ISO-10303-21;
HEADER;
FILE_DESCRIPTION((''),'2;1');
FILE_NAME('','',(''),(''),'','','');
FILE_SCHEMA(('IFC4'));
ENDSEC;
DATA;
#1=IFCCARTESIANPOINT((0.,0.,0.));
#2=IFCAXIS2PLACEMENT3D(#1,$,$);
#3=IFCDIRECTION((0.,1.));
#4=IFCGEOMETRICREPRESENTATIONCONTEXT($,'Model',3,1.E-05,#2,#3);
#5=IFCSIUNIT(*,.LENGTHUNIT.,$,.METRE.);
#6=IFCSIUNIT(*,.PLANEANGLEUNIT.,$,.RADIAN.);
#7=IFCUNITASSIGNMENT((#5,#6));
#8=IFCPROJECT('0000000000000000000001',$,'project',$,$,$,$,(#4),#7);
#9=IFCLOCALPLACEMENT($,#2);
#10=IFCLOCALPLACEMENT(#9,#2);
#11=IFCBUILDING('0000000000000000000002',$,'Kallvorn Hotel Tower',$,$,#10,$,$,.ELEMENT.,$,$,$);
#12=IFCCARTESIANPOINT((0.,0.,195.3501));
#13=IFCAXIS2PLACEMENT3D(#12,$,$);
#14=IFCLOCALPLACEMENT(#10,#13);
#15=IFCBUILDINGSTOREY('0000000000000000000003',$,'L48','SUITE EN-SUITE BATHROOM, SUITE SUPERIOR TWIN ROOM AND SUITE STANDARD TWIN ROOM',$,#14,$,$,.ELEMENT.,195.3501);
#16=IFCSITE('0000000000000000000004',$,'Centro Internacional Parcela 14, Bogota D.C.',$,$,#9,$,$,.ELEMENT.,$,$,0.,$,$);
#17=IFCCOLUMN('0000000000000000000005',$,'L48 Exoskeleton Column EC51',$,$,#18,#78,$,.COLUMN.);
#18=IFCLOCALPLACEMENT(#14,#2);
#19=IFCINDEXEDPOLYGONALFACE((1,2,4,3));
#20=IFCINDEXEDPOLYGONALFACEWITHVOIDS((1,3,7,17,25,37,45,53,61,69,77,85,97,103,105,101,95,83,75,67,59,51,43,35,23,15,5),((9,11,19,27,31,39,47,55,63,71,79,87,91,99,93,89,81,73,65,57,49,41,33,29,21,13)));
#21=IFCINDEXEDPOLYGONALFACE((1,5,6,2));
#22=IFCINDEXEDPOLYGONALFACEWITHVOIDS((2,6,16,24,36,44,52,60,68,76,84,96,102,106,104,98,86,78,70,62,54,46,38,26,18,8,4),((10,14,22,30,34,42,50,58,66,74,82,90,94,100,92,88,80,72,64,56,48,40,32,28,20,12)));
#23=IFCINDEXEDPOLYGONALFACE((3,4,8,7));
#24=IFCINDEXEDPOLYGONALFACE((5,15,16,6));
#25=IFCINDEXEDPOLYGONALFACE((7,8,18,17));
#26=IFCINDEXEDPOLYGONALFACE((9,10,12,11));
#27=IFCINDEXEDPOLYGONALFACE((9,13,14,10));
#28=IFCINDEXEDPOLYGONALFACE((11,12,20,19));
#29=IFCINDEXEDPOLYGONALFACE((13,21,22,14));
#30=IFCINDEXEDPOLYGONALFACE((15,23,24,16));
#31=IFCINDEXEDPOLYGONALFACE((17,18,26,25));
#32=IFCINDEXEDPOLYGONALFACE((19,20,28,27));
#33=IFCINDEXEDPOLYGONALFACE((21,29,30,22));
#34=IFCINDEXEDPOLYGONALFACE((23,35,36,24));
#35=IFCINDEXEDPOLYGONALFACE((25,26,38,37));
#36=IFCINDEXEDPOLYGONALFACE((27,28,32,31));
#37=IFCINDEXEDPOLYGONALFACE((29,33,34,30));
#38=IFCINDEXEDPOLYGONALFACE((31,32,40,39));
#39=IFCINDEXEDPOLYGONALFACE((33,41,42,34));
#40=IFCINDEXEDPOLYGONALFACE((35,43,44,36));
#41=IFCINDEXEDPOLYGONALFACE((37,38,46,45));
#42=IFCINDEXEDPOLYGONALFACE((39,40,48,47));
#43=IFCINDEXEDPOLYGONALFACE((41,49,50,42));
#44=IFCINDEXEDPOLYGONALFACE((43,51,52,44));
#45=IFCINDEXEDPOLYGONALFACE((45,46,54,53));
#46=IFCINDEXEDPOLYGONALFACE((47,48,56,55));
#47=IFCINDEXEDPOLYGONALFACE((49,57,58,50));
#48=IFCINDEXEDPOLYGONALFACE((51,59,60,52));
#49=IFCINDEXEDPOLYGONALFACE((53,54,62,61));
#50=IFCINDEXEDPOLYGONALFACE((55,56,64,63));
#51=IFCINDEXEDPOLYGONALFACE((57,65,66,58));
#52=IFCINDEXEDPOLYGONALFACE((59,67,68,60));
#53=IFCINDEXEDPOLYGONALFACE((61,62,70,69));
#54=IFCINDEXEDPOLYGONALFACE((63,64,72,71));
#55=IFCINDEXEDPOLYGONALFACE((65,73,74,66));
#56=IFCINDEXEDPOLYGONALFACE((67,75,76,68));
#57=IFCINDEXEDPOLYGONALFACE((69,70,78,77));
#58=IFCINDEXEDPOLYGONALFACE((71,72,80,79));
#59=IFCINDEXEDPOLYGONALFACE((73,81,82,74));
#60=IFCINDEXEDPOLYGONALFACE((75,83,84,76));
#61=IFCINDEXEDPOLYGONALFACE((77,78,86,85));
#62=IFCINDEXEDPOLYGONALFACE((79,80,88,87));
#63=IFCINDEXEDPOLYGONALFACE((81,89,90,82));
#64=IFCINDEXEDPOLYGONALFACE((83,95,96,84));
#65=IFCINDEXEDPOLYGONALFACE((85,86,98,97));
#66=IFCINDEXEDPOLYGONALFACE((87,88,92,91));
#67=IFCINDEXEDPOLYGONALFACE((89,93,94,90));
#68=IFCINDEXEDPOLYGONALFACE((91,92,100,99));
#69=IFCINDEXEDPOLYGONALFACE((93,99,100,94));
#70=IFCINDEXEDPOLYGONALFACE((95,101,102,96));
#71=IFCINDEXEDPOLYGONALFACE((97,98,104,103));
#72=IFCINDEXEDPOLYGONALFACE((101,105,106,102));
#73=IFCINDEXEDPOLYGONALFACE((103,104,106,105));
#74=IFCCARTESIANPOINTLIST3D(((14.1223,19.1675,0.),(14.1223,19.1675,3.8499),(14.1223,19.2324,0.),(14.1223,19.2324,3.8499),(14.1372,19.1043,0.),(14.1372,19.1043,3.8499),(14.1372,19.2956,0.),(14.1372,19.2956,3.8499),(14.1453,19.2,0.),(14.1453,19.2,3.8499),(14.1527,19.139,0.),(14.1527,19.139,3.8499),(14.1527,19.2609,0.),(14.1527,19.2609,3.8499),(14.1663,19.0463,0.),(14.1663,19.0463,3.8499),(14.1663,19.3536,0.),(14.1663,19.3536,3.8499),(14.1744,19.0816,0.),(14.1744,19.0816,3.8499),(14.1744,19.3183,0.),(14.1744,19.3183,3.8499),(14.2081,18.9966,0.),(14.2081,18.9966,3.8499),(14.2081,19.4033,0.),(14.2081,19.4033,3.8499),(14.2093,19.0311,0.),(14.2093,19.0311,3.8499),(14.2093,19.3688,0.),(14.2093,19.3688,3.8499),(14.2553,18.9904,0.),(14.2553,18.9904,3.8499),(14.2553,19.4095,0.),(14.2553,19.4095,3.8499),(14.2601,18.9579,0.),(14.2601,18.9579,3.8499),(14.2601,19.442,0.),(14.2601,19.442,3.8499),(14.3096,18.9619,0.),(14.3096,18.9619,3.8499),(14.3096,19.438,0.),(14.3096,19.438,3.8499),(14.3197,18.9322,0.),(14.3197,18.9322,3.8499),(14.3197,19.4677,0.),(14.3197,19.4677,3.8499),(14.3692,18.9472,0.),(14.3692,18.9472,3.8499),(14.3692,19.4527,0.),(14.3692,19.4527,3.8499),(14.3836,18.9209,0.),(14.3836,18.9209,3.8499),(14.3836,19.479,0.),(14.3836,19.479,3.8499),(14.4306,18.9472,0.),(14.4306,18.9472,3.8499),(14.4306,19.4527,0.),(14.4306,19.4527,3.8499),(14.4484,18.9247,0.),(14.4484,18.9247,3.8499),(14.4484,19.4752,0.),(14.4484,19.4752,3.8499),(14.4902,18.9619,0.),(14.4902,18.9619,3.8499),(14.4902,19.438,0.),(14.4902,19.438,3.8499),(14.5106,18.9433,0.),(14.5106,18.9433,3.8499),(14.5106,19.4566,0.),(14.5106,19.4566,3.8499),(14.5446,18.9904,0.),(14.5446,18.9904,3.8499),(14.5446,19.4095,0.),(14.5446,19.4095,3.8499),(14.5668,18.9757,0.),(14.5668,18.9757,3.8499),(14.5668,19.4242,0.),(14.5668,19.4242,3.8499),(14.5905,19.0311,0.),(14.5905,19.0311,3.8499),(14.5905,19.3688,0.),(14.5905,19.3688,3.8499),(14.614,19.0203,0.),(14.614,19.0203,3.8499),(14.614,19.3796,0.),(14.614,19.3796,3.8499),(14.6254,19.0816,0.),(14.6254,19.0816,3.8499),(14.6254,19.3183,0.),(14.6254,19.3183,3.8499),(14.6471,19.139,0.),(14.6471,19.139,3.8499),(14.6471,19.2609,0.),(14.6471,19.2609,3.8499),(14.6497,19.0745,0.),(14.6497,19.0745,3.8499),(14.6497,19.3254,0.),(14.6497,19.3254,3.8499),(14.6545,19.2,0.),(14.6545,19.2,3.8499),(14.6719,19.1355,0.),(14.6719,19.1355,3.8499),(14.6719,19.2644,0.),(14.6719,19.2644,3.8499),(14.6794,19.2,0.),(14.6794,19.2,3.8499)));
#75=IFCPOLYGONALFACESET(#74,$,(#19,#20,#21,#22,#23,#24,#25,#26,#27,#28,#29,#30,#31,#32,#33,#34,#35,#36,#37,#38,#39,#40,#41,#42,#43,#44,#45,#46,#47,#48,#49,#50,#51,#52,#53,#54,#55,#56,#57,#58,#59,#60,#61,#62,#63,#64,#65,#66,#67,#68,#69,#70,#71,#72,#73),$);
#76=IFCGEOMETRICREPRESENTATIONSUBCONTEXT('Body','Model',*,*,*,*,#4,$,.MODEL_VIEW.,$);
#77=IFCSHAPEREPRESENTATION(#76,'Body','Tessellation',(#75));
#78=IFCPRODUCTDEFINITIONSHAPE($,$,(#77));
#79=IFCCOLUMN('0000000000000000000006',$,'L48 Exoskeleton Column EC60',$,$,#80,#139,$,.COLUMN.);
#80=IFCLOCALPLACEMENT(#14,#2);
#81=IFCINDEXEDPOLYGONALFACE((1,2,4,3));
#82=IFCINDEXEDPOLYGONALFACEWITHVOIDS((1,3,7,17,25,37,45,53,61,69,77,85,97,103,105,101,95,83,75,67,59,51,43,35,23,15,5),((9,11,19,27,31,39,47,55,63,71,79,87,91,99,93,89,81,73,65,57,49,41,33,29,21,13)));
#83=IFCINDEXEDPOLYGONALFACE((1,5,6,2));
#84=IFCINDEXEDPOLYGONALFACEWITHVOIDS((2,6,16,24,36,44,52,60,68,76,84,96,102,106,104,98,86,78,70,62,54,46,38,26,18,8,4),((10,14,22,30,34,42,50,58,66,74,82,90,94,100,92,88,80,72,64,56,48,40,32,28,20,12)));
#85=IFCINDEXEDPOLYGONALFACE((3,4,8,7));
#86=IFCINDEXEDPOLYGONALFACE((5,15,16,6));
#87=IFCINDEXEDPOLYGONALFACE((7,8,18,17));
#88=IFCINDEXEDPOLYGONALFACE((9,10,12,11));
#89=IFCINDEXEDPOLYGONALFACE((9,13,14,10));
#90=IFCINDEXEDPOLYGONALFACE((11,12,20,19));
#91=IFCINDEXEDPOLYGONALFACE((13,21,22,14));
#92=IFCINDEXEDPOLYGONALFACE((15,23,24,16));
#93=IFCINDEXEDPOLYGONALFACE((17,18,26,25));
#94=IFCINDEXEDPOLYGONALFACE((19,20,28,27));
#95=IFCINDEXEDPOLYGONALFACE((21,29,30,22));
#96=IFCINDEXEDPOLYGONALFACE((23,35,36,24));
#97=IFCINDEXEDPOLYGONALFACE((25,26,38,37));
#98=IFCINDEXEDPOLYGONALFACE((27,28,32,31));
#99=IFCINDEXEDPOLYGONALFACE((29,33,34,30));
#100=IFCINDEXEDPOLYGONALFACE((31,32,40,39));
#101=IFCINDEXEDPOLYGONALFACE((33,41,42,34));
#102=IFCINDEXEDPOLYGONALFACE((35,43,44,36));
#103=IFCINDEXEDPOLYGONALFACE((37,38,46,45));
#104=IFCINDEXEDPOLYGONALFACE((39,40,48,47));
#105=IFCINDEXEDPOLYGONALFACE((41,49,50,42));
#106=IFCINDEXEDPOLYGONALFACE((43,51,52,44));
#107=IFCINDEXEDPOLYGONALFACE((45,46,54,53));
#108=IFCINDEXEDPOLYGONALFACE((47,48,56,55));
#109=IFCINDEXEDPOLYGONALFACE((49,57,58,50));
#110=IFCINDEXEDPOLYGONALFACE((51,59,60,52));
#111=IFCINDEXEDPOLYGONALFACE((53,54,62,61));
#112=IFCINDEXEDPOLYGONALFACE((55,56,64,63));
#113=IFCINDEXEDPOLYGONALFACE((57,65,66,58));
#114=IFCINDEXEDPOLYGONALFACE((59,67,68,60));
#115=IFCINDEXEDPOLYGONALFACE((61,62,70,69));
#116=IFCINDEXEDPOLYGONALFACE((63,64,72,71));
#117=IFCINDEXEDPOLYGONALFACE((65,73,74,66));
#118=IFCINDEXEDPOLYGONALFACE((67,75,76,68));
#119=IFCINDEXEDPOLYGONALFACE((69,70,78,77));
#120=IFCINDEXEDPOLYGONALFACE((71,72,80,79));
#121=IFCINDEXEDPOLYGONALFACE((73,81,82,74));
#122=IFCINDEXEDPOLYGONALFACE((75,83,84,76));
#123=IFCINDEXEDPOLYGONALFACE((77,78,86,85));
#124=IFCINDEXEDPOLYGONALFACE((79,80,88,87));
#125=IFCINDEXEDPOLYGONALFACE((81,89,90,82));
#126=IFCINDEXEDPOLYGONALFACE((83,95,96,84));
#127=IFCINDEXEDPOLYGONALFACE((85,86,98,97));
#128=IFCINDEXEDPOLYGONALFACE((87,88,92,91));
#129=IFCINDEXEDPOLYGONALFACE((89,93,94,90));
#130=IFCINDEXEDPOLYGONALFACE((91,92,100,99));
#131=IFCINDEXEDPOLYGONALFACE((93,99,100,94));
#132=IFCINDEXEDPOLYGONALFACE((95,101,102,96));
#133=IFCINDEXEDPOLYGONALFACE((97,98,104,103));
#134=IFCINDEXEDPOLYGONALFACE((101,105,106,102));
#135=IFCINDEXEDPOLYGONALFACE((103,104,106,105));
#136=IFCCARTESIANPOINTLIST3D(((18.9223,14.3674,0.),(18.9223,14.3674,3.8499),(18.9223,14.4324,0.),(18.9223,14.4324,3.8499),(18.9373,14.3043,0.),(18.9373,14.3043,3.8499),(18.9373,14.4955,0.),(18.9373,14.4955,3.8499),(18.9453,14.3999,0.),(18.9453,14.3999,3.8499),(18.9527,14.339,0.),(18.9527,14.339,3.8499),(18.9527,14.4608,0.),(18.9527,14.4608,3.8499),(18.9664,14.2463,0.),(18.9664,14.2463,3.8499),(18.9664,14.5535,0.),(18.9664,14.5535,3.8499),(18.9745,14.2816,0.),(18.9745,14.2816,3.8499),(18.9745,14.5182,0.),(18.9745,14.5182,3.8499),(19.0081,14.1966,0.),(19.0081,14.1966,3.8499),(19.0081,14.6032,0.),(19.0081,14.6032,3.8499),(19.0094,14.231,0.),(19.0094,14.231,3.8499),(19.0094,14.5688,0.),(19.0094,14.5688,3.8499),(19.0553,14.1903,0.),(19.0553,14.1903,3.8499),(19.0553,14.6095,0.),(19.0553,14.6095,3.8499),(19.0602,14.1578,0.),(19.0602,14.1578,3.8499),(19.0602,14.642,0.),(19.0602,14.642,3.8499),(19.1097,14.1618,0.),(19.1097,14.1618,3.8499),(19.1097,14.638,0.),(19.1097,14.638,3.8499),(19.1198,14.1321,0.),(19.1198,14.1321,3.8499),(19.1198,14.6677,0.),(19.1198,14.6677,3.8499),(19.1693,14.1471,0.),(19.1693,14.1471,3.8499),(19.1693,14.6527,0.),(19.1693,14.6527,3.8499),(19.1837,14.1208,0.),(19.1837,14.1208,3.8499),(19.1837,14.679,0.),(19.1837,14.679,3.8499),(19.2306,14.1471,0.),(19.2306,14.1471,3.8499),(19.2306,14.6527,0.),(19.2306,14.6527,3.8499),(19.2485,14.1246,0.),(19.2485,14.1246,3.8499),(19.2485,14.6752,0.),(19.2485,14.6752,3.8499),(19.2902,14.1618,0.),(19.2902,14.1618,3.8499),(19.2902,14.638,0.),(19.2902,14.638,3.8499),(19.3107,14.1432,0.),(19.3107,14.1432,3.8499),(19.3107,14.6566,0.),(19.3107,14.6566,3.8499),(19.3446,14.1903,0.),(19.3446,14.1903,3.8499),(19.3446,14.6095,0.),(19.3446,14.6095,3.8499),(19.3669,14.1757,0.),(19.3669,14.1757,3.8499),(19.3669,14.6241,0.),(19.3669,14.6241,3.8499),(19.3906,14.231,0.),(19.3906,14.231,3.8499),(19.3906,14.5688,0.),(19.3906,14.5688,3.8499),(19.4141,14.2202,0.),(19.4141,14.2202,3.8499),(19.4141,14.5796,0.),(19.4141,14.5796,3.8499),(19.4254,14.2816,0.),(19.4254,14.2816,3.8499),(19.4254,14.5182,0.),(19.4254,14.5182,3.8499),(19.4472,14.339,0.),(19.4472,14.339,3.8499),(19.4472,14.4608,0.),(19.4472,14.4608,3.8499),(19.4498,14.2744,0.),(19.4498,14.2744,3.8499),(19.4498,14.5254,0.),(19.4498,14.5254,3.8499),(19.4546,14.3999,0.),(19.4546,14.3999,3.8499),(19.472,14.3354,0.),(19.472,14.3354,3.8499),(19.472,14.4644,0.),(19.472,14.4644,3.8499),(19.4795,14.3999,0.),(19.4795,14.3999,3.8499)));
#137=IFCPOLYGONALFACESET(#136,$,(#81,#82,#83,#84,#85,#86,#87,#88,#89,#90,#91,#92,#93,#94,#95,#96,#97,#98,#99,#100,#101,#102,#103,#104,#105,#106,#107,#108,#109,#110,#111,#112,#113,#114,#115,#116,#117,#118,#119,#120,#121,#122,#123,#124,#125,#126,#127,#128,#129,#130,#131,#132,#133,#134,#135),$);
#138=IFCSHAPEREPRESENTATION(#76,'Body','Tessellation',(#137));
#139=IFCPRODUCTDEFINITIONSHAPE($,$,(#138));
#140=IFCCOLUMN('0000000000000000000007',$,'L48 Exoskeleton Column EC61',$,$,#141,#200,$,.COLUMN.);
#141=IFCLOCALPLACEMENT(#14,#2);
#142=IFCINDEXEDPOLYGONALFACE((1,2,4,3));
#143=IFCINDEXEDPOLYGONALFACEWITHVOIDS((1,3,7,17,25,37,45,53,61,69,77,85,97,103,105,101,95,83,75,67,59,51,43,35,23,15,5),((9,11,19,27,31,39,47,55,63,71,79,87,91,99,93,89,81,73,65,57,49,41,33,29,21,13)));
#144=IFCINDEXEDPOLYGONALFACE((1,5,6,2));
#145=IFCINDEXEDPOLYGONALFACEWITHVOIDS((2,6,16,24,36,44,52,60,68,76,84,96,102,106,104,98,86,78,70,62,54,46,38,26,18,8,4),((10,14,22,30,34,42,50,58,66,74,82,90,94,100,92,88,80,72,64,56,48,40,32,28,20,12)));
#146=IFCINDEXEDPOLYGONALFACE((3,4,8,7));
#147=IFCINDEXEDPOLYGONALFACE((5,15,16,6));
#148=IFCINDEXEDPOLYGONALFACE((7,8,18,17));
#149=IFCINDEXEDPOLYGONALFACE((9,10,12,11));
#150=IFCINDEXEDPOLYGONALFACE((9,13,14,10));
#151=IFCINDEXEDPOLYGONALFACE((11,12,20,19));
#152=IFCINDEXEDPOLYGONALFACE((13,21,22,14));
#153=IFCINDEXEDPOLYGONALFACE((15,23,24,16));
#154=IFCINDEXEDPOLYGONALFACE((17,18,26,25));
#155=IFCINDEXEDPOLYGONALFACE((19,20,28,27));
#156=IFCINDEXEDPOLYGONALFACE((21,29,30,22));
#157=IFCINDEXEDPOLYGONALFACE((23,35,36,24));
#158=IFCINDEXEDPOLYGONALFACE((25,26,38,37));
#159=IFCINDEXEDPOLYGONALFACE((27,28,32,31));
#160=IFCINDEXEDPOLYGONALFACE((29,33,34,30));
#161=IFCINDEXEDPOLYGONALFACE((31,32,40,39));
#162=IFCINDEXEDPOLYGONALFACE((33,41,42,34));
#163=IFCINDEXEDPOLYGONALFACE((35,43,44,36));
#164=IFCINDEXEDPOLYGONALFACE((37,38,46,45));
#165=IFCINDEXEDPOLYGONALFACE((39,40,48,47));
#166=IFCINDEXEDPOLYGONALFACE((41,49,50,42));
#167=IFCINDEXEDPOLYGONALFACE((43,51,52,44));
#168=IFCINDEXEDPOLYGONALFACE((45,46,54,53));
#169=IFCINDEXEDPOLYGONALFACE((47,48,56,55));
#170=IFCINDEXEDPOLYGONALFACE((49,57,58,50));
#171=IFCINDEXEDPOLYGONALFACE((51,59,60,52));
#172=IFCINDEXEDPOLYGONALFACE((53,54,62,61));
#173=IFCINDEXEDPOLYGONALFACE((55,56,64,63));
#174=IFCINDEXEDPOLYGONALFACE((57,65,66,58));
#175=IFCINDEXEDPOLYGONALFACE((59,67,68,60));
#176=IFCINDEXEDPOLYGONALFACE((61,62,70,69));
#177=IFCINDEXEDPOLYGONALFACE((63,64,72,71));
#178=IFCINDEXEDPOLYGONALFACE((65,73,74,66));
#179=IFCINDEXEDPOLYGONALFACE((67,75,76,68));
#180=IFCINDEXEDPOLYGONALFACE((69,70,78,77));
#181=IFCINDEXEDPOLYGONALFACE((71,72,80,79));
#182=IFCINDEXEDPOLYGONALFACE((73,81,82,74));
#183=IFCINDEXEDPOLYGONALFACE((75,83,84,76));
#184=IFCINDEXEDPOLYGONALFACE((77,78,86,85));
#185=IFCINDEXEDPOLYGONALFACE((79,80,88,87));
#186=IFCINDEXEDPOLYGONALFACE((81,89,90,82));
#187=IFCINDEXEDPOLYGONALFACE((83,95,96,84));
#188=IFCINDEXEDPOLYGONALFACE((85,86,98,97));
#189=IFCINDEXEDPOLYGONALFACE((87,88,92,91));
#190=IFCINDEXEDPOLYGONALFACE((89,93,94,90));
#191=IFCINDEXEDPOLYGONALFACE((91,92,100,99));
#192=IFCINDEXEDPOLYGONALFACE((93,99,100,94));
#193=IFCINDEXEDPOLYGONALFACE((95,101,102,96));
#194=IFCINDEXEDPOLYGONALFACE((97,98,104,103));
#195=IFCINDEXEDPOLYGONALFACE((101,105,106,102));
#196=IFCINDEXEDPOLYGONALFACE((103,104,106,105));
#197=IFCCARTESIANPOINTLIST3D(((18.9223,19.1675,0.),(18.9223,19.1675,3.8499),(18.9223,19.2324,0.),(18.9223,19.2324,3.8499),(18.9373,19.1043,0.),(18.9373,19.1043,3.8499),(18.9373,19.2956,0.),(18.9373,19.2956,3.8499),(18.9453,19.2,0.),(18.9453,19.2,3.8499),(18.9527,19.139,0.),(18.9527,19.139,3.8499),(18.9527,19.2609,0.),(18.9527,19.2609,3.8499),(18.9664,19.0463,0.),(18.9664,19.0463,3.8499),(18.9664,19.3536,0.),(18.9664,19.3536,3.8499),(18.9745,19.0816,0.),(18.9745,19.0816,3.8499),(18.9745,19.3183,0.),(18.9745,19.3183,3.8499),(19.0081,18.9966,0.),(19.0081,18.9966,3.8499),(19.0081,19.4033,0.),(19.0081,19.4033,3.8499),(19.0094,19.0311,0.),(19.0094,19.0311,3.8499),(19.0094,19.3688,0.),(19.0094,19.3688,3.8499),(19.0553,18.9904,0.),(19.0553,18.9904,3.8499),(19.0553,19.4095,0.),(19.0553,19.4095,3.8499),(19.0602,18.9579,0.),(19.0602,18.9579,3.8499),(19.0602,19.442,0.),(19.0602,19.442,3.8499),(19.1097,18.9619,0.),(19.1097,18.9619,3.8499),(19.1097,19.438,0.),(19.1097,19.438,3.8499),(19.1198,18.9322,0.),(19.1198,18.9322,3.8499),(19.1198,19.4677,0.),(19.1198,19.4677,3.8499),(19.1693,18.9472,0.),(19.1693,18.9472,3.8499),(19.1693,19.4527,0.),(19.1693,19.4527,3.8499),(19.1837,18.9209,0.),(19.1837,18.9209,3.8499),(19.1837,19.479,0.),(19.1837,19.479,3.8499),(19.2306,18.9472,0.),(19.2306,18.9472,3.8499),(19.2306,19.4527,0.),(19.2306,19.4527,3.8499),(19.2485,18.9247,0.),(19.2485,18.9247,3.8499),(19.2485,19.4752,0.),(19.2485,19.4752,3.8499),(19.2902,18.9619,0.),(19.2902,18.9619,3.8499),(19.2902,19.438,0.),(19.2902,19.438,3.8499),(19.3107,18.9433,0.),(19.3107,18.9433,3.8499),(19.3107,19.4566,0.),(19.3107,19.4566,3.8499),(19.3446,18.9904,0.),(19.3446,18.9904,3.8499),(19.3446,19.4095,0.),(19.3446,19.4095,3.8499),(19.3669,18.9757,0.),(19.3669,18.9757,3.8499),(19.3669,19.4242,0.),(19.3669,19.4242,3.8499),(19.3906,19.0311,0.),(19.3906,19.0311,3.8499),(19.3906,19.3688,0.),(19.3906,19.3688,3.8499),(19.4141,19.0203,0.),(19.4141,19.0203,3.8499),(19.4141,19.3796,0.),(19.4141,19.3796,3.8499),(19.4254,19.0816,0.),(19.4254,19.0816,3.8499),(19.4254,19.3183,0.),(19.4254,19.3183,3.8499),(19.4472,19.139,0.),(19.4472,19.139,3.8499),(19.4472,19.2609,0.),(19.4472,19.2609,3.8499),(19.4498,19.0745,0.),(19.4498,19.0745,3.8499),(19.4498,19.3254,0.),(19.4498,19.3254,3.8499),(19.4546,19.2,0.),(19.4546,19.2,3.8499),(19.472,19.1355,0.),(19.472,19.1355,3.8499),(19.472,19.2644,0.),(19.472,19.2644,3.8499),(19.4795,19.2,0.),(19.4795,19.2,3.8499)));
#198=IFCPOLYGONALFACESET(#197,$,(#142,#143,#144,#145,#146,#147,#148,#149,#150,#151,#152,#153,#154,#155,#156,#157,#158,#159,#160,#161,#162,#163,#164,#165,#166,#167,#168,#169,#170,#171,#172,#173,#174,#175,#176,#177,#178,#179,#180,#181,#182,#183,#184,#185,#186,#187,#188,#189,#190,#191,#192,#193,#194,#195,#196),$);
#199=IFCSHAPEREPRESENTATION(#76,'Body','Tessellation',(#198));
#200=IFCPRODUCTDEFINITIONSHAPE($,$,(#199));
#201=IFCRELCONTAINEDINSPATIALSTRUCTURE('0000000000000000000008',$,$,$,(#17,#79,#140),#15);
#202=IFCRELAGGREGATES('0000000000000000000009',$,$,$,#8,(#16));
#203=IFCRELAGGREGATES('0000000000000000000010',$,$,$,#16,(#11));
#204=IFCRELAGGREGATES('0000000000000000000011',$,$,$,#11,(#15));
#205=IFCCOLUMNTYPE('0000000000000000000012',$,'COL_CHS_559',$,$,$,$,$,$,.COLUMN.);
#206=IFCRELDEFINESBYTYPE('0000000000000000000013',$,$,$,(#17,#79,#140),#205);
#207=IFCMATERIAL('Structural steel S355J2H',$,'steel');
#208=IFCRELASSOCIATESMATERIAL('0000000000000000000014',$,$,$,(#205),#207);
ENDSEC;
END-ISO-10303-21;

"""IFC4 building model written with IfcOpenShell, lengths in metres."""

from ifc_helpers import new_model, si_unit, direction, frame, origin, origin_2d, place, context, subcontext, project, spatial, hollow_circle, extrude, material, material_profile, profile_set, type_object, element, save


model = new_model("IFC4")

# Units and contexts
model_context = context("Model", 3, precision=1e-05, world=origin(), true_north=direction((0.0, 1.0)))
body_context = subcontext(model_context, "Body", "Model", "MODEL_VIEW")
ifc_project = project(units=[si_unit("LENGTHUNIT", "METRE"), si_unit("PLANEANGLEUNIT", "RADIAN")], contexts=[model_context])

# Site, building, storey
site_placement = place(None, origin())
site = spatial("IfcSite", under=ifc_project, at=site_placement, Name="Centro Internacional Parcela 14, Bogota D.C.", CompositionType="ELEMENT", RefElevation=0.0)
building_placement = place(site_placement, origin())
building = spatial("IfcBuilding", under=site, at=building_placement, Name="Kallvorn Hotel Tower", CompositionType="ELEMENT")
storey_placement = place(building_placement, frame((0.0, 0.0, 195.3501)))
storey = spatial("IfcBuildingStorey", under=building, at=storey_placement, Name="L48", Description="SUITE EN-SUITE BATHROOM, SUITE SUPERIOR TWIN ROOM AND SUITE STANDARD TWIN ROOM", CompositionType="ELEMENT", Elevation=195.3501)

# Columns
ifc_material_1 = material(Name="Structural steel S355J2H", Category="steel")
ifc_material_profile_1 = material_profile(ifc_material_1, hollow_circle(Radius=0.2795, WallThickness=0.0249, at=origin_2d()), Name="CHS 559x25")
ifc_profile_set_1 = profile_set([ifc_material_profile_1], Name="Structural steel S355J2H")
column_type_1 = type_object("IfcColumnType", Name="COL_CHS_559", PredefinedType="COLUMN", material=ifc_profile_set_1)
for number, where, z_axis, x_axis, name in (
    (1, (14.3999, 19.2, 0.0), (0.0, 0.0, 1.0), (1.0, 0.0, 0.0), "L48 Exoskeleton Column EC51"),
    (2, (19.2, 14.3999, 0.0), (0.0, 0.0, 1.0), (1.0, 0.0, 0.0), "L48 Exoskeleton Column EC60"),
    (3, (19.2, 19.2, 0.0), (0.0, 0.0, 1.0), (1.0, 0.0, 0.0), "L48 Exoskeleton Column EC61"),
):
    element("IfcColumn", number, at=place(storey_placement, frame(where, z_axis=z_axis, x_axis=x_axis)), inside=storey, type_object=column_type_1, Name=name, PredefinedType="COLUMN", context=body_context, shape_type="SweptSolid", body=[
        extrude(hollow_circle(Radius=0.2795, WallThickness=0.0249, at=origin_2d()), origin(), (0.0, 0.0, 1.0), 3.8499),
    ])

save(model, "model.ifc")
